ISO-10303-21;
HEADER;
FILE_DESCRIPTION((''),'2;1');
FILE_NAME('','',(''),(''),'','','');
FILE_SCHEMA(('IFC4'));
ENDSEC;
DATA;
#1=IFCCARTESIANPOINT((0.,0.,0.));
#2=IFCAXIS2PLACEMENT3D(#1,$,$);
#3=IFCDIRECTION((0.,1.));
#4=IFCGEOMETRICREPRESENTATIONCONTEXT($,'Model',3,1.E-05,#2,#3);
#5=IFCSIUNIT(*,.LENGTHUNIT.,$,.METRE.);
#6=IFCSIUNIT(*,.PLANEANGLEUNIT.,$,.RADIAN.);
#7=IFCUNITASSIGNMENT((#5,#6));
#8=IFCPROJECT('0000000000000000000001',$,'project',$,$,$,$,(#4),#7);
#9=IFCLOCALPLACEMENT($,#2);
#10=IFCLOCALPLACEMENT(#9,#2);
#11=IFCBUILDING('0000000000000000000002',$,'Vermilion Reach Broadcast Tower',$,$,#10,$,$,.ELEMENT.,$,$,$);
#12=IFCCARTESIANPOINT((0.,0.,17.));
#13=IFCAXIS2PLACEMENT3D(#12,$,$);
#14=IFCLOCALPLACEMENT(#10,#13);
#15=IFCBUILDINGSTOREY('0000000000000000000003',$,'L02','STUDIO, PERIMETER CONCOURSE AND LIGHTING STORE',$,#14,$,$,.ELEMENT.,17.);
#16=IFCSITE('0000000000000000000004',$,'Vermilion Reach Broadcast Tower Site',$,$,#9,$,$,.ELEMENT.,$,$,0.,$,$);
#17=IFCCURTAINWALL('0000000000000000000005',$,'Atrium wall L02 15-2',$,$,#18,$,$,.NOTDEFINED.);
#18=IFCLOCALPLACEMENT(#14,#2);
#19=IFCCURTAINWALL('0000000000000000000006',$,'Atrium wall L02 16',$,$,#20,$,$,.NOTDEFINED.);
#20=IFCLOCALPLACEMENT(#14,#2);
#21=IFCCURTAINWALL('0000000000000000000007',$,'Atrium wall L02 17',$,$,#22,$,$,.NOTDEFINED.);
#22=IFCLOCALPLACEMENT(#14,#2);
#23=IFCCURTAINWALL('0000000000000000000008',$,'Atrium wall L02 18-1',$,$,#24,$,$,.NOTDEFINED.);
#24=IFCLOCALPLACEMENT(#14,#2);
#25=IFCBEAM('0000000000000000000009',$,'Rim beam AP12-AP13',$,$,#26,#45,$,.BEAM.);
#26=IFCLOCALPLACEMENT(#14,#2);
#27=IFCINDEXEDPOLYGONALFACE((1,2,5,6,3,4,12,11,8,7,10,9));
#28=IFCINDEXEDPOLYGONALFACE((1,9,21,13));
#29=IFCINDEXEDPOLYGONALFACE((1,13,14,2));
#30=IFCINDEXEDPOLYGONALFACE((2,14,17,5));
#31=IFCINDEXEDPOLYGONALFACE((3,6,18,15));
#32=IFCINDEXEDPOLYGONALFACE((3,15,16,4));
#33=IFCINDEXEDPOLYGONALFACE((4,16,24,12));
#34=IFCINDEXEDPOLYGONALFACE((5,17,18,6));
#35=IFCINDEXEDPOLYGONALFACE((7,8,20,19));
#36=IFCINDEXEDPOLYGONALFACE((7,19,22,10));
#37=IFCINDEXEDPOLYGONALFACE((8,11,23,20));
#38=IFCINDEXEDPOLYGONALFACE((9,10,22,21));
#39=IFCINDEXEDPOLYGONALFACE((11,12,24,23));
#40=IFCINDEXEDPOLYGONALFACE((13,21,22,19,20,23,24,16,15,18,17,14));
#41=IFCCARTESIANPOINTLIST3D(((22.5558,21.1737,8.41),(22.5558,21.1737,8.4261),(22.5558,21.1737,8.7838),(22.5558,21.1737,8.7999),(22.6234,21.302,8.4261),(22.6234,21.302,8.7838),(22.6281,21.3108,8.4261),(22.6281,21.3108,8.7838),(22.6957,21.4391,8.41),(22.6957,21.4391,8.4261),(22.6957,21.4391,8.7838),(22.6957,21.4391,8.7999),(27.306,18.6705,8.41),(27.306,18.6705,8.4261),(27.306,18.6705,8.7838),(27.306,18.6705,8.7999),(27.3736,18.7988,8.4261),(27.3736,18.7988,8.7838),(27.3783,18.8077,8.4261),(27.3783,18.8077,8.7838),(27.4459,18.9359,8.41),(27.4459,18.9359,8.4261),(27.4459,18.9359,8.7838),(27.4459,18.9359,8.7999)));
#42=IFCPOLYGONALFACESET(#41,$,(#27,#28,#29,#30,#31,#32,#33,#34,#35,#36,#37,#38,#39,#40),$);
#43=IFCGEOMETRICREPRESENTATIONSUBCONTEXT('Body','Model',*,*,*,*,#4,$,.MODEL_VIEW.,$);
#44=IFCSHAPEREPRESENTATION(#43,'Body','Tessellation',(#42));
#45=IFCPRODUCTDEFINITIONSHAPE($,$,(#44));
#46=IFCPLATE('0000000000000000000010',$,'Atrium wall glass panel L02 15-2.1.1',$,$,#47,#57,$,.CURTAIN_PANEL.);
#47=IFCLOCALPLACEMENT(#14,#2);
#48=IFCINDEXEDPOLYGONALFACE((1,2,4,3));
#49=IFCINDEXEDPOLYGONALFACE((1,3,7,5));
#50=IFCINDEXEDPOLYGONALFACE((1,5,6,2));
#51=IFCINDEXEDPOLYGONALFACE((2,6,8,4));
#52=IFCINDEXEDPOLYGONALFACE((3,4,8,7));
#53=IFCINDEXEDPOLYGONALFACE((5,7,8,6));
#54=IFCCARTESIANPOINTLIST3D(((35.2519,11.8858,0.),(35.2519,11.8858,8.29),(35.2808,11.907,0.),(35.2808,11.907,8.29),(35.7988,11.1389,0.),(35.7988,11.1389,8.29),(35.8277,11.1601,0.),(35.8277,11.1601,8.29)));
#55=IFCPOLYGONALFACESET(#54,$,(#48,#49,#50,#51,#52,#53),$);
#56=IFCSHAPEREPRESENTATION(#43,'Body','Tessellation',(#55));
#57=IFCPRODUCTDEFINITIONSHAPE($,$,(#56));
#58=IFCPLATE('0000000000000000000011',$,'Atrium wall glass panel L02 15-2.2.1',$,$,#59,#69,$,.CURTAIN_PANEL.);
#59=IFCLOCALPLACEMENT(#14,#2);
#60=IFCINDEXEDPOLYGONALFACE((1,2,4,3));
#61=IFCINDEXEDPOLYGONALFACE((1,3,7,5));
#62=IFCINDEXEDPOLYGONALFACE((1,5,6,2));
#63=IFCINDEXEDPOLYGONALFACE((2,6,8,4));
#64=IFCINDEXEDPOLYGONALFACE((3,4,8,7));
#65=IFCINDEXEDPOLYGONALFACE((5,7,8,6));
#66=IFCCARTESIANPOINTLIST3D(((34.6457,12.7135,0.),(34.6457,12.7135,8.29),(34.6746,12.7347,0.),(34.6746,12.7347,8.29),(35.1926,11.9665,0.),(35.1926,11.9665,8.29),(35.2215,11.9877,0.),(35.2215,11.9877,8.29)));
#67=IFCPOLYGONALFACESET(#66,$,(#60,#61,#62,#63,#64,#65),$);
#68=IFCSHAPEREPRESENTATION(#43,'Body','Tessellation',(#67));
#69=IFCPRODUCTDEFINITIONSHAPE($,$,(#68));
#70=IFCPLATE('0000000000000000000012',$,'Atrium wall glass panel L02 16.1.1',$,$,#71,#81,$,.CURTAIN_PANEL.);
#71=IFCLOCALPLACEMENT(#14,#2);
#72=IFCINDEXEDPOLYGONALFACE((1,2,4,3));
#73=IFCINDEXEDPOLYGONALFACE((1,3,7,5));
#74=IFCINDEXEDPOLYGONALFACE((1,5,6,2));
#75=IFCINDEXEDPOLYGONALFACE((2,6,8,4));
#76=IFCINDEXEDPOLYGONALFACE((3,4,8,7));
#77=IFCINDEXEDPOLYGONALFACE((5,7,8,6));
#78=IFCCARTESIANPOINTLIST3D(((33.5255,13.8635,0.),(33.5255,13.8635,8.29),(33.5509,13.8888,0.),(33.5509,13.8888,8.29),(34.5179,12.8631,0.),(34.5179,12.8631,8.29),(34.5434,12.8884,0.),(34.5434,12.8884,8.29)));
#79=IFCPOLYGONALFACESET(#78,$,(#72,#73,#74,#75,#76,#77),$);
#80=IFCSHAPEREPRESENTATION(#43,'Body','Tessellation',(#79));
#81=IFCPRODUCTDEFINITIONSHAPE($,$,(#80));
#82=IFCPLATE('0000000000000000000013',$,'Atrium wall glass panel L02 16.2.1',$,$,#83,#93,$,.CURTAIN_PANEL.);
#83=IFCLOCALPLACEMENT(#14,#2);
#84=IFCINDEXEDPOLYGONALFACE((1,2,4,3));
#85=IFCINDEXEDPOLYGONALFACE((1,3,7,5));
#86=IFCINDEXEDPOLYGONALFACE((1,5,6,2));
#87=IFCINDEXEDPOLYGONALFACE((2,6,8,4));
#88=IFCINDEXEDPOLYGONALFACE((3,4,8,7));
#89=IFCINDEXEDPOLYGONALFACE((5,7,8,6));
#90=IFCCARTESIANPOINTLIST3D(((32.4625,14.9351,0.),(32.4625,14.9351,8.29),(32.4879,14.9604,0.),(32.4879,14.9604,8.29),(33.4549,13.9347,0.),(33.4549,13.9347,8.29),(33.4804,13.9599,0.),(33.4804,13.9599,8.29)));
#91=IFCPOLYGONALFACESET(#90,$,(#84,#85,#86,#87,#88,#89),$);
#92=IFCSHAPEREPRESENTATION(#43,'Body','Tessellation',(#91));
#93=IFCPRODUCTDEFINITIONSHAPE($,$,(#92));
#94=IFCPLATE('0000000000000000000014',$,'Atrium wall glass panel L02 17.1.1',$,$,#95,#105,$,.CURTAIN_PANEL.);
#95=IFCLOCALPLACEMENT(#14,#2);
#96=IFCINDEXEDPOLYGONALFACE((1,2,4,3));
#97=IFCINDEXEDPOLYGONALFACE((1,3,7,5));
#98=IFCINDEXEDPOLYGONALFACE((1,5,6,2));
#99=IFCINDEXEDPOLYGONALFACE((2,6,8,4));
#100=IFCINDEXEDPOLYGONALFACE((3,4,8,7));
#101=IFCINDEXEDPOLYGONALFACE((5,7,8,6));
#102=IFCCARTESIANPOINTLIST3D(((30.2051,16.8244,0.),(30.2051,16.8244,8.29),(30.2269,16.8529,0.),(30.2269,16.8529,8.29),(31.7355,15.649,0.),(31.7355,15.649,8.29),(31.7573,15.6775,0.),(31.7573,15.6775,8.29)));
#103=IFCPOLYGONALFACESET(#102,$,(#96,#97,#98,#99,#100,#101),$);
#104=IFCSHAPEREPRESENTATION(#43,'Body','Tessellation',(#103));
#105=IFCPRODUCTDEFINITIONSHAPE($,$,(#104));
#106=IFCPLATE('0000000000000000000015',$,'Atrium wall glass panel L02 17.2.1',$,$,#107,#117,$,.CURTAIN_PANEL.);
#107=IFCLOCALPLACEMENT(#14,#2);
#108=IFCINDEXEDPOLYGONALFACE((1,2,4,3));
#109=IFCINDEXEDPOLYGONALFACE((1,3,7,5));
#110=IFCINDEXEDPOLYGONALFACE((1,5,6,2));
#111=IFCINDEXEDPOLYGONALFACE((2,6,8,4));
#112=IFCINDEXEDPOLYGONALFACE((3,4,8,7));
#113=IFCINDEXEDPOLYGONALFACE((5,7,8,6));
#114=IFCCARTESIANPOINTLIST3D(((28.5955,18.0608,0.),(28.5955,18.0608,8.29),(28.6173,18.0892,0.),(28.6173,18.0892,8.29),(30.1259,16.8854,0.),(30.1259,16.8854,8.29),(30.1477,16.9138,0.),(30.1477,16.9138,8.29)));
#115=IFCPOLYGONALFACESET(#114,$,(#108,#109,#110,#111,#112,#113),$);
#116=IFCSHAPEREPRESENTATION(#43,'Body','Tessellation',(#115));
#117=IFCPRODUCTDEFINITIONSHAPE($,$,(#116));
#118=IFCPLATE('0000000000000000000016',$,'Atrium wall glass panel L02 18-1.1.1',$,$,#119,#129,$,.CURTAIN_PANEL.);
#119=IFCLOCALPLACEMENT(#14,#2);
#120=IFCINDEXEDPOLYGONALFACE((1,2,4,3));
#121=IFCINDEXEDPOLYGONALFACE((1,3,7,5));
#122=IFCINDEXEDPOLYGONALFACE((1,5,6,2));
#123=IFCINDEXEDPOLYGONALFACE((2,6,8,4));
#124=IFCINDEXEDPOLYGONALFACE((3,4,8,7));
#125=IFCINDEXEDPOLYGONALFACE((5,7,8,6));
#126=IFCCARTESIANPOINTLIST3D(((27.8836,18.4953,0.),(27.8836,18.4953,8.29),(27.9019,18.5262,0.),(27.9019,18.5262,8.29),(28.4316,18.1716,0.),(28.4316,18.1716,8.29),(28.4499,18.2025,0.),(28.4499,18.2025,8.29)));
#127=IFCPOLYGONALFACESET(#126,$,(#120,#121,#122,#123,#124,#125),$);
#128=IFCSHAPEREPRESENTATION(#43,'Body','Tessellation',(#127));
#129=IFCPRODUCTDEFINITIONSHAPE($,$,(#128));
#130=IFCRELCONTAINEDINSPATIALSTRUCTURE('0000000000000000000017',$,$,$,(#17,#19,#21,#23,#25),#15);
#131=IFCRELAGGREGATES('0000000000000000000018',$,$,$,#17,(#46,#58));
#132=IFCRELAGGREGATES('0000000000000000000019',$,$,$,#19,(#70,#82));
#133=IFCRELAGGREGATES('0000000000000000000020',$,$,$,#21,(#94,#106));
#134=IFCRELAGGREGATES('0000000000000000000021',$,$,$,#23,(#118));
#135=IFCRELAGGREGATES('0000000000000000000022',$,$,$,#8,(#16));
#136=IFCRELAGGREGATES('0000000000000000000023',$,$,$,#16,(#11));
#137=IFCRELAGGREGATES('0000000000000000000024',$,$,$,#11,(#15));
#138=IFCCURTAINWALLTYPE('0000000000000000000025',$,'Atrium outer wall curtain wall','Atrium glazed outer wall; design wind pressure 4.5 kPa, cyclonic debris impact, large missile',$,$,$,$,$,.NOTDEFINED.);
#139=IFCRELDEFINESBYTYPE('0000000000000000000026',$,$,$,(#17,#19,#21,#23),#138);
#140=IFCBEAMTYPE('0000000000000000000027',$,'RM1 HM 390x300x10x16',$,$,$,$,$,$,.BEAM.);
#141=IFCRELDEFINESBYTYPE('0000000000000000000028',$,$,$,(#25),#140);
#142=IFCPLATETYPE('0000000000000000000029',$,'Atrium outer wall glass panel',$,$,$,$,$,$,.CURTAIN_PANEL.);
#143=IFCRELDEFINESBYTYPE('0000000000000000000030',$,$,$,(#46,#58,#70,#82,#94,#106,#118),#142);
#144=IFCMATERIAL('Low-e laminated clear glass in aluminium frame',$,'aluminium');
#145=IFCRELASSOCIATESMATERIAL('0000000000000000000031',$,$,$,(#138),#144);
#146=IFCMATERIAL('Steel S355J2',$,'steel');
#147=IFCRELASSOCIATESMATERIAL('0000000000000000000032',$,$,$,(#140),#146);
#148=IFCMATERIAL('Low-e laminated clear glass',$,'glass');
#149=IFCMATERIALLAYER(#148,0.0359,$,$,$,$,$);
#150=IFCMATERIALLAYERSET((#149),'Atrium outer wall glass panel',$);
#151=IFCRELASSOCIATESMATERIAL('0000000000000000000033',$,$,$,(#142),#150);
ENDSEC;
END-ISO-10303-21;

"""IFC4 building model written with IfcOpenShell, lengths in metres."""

from ifc_helpers import new_model, si_unit, direction, frame, origin, origin_2d, place, context, subcontext, project, spatial, rectangle, i_section, extrude, material, layer, layer_set, material_profile, profile_set, type_object, element, aggregate, save


model = new_model("IFC4")

# Units and contexts
model_context = context("Model", 3, precision=1e-05, world=origin(), true_north=direction((0.0, 1.0)))
body_context = subcontext(model_context, "Body", "Model", "MODEL_VIEW")
ifc_project = project(units=[si_unit("LENGTHUNIT", "METRE"), si_unit("PLANEANGLEUNIT", "RADIAN")], contexts=[model_context])

# Site, building, storey
site_placement = place(None, origin())
site = spatial("IfcSite", under=ifc_project, at=site_placement, Name="Vermilion Reach Broadcast Tower Site", CompositionType="ELEMENT", RefElevation=0.0)
building_placement = place(site_placement, origin())
building = spatial("IfcBuilding", under=site, at=building_placement, Name="Vermilion Reach Broadcast Tower", CompositionType="ELEMENT")
storey_placement = place(building_placement, frame((0.0, 0.0, 17.0)))
storey = spatial("IfcBuildingStorey", under=building, at=storey_placement, Name="L02", Description="STUDIO, PERIMETER CONCOURSE AND LIGHTING STORE", CompositionType="ELEMENT", Elevation=17.0)

# Shared definitions
ifc_material_1 = material(Name="Low-e laminated clear glass in aluminium frame", Category="aluminium")
curtain_wall_type = type_object("IfcCurtainWallType", Name="Atrium outer wall curtain wall", Description="Atrium glazed outer wall; design wind pressure 4.5 kPa, cyclonic debris impact, large missile", PredefinedType="NOTDEFINED", material=ifc_material_1)
placement = place(storey_placement, origin())

# Curtain walls
curtain_wall_1 = element("IfcCurtainWall", 1, at=placement, inside=storey, type_object=curtain_wall_type, Name="Atrium wall L02 15-2", PredefinedType="NOTDEFINED")
curtain_wall_2 = element("IfcCurtainWall", 2, at=placement, inside=storey, type_object=curtain_wall_type, Name="Atrium wall L02 16", PredefinedType="NOTDEFINED")
curtain_wall_3 = element("IfcCurtainWall", 3, at=placement, inside=storey, type_object=curtain_wall_type, Name="Atrium wall L02 17", PredefinedType="NOTDEFINED")
curtain_wall_4 = element("IfcCurtainWall", 4, at=placement, inside=storey, type_object=curtain_wall_type, Name="Atrium wall L02 18-1", PredefinedType="NOTDEFINED")

# Beam
ifc_material_2 = material(Name="Steel S355J2", Category="steel")
ifc_material_profile_1 = material_profile(ifc_material_2, i_section(OverallWidth=0.3, OverallDepth=0.3899, WebThickness=0.01, FlangeThickness=0.0161, at=origin_2d()), Name="S355J2 HM 390x300x10x16")
ifc_profile_set_1 = profile_set([ifc_material_profile_1], Name="Steel S355J2")
beam_type = type_object("IfcBeamType", Name="RM1 HM 390x300x10x16", PredefinedType="BEAM", material=ifc_profile_set_1)
beam_1_placement = place(storey_placement, frame((27.376, 18.8032, 8.605), z_axis=(-0.884684, 0.466191, 0.0), x_axis=(-0.466191, -0.884684, 0.0)))
element("IfcBeam", 5, at=beam_1_placement, inside=storey, type_object=beam_type, Name="Rim beam AP12-AP13", PredefinedType="BEAM", context=body_context, shape_type="SweptSolid", body=[
    extrude(i_section(OverallWidth=0.3, OverallDepth=0.3899, WebThickness=0.01, FlangeThickness=0.0161, at=origin_2d()), origin(), (0.0, 0.0, 1.0), 5.3694),
])

# Plates
ifc_material_3 = material(Name="Low-e laminated clear glass", Category="glass")
ifc_layer = layer(ifc_material_3, 0.0359)
ifc_layer_set = layer_set([ifc_layer], Name="Atrium outer wall glass panel")
plate_type = type_object("IfcPlateType", Name="Atrium outer wall glass panel", PredefinedType="CURTAIN_PANEL", material=ifc_layer_set)
plate_1_placement = place(storey_placement, frame((35.5398, 11.5229, 0.0), z_axis=(0.0, 0.0, 1.0), x_axis=(-0.59076, 0.806847, 0.0)))
plate_1 = element("IfcPlate", 6, at=plate_1_placement, type_object=plate_type, Name="Atrium wall glass panel L02 15-2.1.1", PredefinedType="CURTAIN_PANEL", context=body_context, shape_type="SweptSolid", body=[
    extrude(rectangle(XDim=0.9258, YDim=0.0359, at=origin_2d()), origin(), (0.0, 0.0, 1.0), 8.29),
])
plate_2_placement = place(storey_placement, frame((34.9336, 12.3506, 0.0), z_axis=(0.0, 0.0, 1.0), x_axis=(-0.59076, 0.806847, 0.0)))
plate_2 = element("IfcPlate", 7, at=plate_2_placement, type_object=plate_type, Name="Atrium wall glass panel L02 15-2.2.1", PredefinedType="CURTAIN_PANEL", context=body_context, shape_type="SweptSolid", body=[
    extrude(rectangle(XDim=0.9258, YDim=0.0359, at=origin_2d()), origin(), (0.0, 0.0, 1.0), 8.29),
])
aggregate(curtain_wall_1, [plate_1, plate_2])
plate_3_placement = place(storey_placement, frame((34.0344, 13.376, 0.0), z_axis=(0.0, 0.0, 1.0), x_axis=(-0.704276, 0.709926, 0.0)))
plate_3 = element("IfcPlate", 8, at=plate_3_placement, type_object=plate_type, Name="Atrium wall glass panel L02 16.1.1", PredefinedType="CURTAIN_PANEL", context=body_context, shape_type="SweptSolid", body=[
    extrude(rectangle(XDim=1.4092, YDim=0.0359, at=origin_2d()), origin(), (0.0, 0.0, 1.0), 8.29),
])
plate_4_placement = place(storey_placement, frame((32.9714, 14.4475, 0.0), z_axis=(0.0, 0.0, 1.0), x_axis=(-0.704276, 0.709926, 0.0)))
plate_4 = element("IfcPlate", 9, at=plate_4_placement, type_object=plate_type, Name="Atrium wall glass panel L02 16.2.1", PredefinedType="CURTAIN_PANEL", context=body_context, shape_type="SweptSolid", body=[
    extrude(rectangle(XDim=1.4092, YDim=0.0359, at=origin_2d()), origin(), (0.0, 0.0, 1.0), 8.29),
])
aggregate(curtain_wall_2, [plate_3, plate_4])
plate_5_placement = place(storey_placement, frame((30.9812, 16.251, 0.0), z_axis=(0.0, 0.0, 1.0), x_axis=(-0.793083, 0.609114, 0.0)))
plate_5 = element("IfcPlate", 10, at=plate_5_placement, type_object=plate_type, Name="Atrium wall glass panel L02 17.1.1", PredefinedType="CURTAIN_PANEL", context=body_context, shape_type="SweptSolid", body=[
    extrude(rectangle(XDim=1.9297, YDim=0.0359, at=origin_2d()), origin(), (0.0, 0.0, 1.0), 8.29),
])
plate_6_placement = place(storey_placement, frame((29.3716, 17.4873, 0.0), z_axis=(0.0, 0.0, 1.0), x_axis=(-0.793083, 0.609114, 0.0)))
plate_6 = element("IfcPlate", 11, at=plate_6_placement, type_object=plate_type, Name="Atrium wall glass panel L02 17.2.1", PredefinedType="CURTAIN_PANEL", context=body_context, shape_type="SweptSolid", body=[
    extrude(rectangle(XDim=1.9297, YDim=0.0359, at=origin_2d()), origin(), (0.0, 0.0, 1.0), 8.29),
])
aggregate(curtain_wall_3, [plate_5, plate_6])
plate_7_placement = place(storey_placement, frame((28.1667, 18.3489, 0.0), z_axis=(0.0, 0.0, 1.0), x_axis=(-0.861009, 0.50859, 0.0)))
plate_7 = element("IfcPlate", 12, at=plate_7_placement, type_object=plate_type, Name="Atrium wall glass panel L02 18-1.1.1", PredefinedType="CURTAIN_PANEL", context=body_context, shape_type="SweptSolid", body=[
    extrude(rectangle(XDim=0.6365, YDim=0.0359, at=origin_2d()), origin(), (0.0, 0.0, 1.0), 8.29),
])
aggregate(curtain_wall_4, [plate_7])

save(model, "model.ifc")
